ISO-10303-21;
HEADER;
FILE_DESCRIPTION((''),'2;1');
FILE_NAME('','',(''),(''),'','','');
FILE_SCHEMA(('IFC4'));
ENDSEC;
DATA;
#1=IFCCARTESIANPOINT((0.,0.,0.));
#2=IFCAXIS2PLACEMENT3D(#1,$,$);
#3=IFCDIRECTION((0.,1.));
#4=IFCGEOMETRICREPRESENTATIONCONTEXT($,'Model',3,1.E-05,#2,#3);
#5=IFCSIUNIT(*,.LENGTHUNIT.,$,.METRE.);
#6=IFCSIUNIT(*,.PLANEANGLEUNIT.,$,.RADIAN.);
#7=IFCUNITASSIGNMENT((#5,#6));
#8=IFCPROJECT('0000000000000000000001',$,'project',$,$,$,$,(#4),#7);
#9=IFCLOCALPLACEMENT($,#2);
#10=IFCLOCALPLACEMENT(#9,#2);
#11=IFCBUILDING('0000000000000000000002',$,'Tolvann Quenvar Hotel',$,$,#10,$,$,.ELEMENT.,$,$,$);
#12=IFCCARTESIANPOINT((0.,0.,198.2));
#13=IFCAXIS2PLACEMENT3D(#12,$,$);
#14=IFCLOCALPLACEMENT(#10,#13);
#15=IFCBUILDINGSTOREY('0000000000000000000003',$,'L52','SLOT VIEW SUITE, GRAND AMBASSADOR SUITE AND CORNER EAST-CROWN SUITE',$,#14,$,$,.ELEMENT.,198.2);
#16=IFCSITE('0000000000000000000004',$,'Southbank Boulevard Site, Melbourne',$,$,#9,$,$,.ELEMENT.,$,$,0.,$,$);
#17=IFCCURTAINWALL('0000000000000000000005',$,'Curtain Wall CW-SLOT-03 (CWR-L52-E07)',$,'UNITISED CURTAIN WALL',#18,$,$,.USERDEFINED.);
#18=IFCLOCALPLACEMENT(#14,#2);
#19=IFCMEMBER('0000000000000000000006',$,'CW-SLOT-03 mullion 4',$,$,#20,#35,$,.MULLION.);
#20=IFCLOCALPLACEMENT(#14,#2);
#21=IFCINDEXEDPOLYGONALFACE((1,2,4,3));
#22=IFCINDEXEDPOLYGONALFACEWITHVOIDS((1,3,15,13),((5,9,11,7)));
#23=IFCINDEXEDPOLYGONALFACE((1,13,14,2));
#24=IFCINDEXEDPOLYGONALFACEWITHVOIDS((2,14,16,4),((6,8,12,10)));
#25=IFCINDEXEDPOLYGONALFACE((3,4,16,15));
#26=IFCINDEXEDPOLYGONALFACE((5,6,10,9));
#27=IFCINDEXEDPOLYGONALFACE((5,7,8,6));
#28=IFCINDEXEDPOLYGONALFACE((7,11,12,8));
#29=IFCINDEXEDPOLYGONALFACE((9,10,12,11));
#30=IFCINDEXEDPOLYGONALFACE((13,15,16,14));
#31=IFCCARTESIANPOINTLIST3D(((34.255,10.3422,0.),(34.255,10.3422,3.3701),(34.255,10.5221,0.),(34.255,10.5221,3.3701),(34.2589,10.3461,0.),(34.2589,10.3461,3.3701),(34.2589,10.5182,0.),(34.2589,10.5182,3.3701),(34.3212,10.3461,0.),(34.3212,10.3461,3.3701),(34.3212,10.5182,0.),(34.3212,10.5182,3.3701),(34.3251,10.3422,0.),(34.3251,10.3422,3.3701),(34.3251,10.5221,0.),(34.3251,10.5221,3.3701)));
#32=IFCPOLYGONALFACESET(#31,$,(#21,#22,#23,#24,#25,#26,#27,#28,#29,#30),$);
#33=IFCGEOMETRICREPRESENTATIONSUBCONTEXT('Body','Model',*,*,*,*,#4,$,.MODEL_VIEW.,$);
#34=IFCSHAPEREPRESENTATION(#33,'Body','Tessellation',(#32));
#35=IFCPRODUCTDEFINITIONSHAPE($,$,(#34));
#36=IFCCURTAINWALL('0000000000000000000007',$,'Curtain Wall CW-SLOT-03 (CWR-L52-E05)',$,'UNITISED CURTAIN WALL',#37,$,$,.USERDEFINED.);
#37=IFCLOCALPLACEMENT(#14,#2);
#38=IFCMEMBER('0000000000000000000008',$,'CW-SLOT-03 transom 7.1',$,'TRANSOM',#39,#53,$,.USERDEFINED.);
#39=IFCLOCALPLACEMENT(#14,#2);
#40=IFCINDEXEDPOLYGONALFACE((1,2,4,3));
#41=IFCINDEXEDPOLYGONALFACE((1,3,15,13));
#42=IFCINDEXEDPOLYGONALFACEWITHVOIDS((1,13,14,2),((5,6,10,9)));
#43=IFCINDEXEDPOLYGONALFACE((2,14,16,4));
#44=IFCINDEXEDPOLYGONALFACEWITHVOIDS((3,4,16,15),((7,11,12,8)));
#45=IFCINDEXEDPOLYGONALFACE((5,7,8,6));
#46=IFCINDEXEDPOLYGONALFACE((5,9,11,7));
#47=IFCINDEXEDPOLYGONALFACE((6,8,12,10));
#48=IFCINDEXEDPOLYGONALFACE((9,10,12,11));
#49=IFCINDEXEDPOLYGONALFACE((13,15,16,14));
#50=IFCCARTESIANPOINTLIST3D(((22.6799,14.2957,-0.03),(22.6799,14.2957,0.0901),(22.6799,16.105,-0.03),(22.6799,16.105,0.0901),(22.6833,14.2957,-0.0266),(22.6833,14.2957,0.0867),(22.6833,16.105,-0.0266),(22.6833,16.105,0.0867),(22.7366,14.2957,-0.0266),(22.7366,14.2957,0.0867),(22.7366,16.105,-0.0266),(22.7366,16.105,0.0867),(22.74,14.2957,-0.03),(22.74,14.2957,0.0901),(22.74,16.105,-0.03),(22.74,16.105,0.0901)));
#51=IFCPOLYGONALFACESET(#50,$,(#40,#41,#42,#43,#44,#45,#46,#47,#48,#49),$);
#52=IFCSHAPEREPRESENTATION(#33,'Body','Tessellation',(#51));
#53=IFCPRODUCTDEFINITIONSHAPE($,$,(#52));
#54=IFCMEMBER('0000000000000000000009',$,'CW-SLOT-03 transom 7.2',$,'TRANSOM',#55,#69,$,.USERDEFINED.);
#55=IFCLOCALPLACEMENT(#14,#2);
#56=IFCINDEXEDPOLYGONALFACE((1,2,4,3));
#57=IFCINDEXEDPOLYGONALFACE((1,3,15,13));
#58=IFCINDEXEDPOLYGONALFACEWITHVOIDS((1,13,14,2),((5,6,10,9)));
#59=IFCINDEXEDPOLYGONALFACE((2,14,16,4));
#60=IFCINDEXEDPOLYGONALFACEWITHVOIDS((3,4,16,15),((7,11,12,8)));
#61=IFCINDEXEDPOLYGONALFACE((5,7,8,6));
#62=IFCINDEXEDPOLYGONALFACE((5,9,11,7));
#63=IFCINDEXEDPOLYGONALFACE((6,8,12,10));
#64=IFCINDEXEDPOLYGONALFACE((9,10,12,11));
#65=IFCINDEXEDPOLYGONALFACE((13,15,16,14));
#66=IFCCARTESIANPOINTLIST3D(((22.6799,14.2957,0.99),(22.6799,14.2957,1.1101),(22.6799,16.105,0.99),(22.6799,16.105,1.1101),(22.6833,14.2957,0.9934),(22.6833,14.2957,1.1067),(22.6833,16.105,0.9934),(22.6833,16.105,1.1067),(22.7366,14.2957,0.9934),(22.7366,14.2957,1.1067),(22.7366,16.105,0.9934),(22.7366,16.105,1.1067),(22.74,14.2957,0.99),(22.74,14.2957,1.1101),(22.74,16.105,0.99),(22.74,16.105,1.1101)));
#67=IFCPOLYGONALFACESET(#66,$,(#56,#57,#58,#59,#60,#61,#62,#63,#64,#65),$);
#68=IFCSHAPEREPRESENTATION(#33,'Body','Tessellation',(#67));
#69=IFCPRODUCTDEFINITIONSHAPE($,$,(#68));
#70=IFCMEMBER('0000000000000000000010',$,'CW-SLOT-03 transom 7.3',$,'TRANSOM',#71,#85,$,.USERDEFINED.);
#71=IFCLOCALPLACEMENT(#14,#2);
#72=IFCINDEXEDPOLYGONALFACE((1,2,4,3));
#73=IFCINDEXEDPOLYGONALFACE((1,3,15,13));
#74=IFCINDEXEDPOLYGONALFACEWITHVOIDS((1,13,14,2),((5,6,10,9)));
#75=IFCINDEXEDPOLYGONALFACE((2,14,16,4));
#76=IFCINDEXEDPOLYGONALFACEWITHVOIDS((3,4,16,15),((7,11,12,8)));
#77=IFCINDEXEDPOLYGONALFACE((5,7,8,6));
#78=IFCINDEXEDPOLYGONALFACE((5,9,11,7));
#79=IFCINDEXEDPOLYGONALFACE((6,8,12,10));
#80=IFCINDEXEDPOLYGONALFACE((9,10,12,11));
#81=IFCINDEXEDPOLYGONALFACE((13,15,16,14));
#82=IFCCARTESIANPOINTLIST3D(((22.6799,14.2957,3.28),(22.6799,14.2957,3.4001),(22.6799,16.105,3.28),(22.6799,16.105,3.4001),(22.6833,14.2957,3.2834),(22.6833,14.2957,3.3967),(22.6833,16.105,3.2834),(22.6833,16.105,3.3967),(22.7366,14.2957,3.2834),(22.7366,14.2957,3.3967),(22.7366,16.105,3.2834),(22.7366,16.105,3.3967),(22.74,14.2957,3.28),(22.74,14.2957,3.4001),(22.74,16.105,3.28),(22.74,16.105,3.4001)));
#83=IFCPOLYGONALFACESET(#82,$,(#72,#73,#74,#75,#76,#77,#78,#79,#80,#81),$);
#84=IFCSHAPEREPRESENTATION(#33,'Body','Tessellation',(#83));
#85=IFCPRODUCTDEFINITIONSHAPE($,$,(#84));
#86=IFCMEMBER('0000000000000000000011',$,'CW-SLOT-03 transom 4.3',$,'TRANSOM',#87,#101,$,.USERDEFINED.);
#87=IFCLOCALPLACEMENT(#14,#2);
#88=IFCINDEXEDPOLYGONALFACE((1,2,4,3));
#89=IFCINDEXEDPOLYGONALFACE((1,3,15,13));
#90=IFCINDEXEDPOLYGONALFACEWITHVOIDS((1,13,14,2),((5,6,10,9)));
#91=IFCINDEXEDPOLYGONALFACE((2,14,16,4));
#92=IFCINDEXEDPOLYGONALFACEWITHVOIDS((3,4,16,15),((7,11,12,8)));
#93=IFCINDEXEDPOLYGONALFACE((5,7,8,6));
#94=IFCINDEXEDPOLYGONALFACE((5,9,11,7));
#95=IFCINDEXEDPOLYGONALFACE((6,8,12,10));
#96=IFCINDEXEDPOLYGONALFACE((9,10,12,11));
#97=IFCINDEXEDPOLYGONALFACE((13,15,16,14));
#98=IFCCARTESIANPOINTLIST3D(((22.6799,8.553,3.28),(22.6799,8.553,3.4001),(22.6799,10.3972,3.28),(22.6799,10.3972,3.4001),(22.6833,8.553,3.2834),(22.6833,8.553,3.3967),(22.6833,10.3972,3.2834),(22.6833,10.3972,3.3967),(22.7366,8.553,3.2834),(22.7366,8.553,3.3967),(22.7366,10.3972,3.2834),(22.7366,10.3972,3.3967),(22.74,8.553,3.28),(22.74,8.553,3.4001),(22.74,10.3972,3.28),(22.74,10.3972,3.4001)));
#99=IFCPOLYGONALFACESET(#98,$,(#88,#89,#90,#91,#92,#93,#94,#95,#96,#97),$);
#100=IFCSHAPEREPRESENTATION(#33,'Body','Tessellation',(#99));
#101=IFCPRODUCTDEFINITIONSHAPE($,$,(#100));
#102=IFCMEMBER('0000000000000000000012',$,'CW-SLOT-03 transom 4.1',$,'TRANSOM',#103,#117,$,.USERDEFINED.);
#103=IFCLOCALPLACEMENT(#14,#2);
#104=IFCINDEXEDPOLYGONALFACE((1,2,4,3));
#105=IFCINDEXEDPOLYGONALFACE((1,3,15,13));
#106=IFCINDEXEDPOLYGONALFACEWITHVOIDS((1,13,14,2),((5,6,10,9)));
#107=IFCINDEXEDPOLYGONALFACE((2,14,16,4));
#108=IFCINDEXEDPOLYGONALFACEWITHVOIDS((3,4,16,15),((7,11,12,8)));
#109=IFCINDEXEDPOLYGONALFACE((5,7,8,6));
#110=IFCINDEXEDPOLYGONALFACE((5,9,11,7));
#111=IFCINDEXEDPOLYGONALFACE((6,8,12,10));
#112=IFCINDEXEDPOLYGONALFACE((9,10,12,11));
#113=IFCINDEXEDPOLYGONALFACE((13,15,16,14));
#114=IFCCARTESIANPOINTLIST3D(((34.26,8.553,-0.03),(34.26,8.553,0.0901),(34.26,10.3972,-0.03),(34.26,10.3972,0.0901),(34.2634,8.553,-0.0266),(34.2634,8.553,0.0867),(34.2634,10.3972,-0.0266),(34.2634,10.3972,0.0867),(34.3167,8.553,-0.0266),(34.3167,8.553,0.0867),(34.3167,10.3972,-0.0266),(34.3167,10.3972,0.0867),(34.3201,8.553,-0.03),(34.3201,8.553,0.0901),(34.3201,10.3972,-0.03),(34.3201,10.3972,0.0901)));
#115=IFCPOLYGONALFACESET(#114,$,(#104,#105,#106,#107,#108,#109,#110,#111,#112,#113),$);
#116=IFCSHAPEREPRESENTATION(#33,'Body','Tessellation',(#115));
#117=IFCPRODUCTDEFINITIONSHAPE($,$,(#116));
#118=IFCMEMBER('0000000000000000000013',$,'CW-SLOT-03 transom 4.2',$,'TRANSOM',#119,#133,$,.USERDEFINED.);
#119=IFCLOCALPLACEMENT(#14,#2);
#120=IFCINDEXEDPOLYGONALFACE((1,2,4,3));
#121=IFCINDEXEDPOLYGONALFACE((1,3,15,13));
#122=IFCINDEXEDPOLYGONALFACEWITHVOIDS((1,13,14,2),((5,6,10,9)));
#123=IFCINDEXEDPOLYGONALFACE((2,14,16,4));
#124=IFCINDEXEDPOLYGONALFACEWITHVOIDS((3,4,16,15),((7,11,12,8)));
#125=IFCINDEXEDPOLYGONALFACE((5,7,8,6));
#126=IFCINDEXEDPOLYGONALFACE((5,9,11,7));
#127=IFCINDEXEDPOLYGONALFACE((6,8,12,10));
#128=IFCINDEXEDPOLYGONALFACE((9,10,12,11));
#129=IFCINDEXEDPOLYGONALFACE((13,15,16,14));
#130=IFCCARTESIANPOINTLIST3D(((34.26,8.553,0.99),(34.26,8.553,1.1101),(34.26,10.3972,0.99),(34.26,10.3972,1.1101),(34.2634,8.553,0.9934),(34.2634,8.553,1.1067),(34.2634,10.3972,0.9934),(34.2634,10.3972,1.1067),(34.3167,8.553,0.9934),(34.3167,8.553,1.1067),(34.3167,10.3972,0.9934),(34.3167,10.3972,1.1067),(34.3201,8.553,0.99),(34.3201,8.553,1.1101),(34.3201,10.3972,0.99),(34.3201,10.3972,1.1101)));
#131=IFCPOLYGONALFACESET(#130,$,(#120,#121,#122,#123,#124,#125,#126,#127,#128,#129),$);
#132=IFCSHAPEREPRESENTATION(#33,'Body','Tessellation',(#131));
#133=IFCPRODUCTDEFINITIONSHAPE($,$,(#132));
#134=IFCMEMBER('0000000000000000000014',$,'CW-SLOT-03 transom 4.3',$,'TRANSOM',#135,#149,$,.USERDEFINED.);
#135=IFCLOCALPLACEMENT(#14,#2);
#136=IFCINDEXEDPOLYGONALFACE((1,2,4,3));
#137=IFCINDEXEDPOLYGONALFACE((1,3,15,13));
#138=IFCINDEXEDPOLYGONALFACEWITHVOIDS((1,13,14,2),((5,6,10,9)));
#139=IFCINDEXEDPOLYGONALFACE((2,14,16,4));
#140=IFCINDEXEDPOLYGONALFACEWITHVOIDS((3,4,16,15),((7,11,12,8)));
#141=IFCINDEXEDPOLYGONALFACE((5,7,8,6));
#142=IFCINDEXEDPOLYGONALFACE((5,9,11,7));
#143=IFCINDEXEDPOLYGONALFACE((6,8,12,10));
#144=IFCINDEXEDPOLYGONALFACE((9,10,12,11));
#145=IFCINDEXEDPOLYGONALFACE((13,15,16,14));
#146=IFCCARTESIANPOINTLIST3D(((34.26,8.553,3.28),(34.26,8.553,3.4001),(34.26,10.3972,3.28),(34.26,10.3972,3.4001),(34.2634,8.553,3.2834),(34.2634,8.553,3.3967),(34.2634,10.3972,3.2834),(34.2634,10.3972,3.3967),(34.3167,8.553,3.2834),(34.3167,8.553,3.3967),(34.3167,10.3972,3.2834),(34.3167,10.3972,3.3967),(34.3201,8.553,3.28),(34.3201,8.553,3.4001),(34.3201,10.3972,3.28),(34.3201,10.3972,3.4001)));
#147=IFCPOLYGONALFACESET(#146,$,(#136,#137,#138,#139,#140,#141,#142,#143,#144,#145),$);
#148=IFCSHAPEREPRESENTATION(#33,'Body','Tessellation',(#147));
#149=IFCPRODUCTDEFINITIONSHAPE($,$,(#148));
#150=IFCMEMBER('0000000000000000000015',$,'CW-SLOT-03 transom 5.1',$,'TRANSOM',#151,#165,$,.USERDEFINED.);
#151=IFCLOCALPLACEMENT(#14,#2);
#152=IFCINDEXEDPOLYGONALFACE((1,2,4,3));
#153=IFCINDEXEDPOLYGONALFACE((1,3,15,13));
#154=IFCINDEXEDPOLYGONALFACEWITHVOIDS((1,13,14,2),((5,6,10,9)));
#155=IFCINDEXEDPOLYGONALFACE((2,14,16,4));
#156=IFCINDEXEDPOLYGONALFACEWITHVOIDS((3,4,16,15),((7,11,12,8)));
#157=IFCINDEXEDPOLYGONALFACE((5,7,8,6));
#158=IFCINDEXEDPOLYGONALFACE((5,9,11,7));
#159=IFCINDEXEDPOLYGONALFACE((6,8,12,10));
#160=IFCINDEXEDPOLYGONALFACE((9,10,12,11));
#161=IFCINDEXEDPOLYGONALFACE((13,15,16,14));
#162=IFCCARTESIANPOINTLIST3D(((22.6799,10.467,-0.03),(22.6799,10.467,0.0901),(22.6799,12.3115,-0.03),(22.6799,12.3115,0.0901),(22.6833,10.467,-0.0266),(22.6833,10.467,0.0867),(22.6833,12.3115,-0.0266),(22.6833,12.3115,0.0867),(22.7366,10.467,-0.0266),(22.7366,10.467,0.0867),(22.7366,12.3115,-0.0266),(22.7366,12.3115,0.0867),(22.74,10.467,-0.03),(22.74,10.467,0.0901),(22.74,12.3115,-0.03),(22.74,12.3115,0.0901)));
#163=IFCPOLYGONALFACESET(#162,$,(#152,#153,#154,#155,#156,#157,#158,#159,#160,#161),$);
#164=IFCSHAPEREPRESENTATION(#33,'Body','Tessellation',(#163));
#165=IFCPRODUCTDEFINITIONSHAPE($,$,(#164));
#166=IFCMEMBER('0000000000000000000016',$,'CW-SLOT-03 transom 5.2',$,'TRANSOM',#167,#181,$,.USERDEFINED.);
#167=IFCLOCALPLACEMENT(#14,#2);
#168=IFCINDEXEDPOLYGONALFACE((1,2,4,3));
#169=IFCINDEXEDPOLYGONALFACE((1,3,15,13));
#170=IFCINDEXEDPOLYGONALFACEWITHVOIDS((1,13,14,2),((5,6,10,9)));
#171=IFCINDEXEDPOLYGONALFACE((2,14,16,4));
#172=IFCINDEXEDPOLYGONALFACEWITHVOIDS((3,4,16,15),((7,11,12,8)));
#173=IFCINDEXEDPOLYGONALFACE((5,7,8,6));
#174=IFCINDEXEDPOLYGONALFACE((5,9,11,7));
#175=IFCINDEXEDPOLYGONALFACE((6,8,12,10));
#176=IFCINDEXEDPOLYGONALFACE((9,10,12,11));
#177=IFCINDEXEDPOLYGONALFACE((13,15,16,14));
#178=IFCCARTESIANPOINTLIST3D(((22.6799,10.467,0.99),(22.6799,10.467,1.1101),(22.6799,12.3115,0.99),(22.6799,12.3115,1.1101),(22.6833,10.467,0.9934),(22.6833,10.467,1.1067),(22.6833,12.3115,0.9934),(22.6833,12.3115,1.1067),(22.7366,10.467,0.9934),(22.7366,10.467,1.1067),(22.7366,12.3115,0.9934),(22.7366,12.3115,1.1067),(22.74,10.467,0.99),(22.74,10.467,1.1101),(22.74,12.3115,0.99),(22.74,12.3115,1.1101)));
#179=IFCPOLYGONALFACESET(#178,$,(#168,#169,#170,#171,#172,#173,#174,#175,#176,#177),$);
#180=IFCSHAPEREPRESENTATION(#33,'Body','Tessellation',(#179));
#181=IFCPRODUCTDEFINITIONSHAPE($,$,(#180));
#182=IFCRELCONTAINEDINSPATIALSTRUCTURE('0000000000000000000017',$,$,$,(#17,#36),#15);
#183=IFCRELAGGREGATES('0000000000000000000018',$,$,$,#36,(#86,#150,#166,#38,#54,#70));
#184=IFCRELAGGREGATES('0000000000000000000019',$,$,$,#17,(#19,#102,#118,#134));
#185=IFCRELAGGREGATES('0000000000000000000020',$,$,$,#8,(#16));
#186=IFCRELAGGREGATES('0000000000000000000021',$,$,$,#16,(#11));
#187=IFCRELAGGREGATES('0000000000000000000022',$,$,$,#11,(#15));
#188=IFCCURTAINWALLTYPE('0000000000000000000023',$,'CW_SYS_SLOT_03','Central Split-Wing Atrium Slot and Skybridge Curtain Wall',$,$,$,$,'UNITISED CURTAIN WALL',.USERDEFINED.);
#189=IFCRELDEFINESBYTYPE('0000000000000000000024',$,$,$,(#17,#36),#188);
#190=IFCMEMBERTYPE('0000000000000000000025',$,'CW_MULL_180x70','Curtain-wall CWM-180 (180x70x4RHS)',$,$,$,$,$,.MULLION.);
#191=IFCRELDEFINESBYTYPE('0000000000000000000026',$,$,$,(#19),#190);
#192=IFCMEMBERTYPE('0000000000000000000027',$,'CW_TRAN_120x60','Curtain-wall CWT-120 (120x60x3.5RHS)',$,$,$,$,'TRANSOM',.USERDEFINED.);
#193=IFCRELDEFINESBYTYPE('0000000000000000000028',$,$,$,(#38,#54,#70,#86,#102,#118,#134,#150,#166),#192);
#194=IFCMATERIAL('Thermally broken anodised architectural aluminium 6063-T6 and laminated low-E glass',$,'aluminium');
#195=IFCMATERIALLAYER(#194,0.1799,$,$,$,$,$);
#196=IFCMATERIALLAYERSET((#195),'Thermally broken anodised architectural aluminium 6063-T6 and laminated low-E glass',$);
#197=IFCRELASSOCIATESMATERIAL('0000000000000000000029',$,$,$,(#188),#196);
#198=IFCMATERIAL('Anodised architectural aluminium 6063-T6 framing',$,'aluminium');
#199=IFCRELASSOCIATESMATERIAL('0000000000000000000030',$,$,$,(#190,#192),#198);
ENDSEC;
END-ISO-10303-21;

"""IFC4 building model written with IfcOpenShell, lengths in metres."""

from ifc_helpers import new_model, si_unit, direction, frame, origin, origin_2d, place, context, subcontext, project, spatial, hollow_rectangle, extrude, source, transform, mapped, material, layer, layer_set, material_profile, profile_set, type_object, type_shapes, element, aggregate, save


model = new_model("IFC4")

# Units and contexts
model_context = context("Model", 3, precision=1e-05, world=origin(), true_north=direction((0.0, 1.0)))
body_context = subcontext(model_context, "Body", "Model", "MODEL_VIEW")
ifc_project = project(units=[si_unit("LENGTHUNIT", "METRE"), si_unit("PLANEANGLEUNIT", "RADIAN")], contexts=[model_context])

# Site, building, storey
site_placement = place(None, origin())
site = spatial("IfcSite", under=ifc_project, at=site_placement, Name="Southbank Boulevard Site, Melbourne", CompositionType="ELEMENT", RefElevation=0.0)
building_placement = place(site_placement, origin())
building = spatial("IfcBuilding", under=site, at=building_placement, Name="Tolvann Quenvar Hotel", CompositionType="ELEMENT")
storey_placement = place(building_placement, frame((0.0, 0.0, 198.2)))
storey = spatial("IfcBuildingStorey", under=building, at=storey_placement, Name="L52", Description="SLOT VIEW SUITE, GRAND AMBASSADOR SUITE AND CORNER EAST-CROWN SUITE", CompositionType="ELEMENT", Elevation=198.2)

# Curtain wall, member
ifc_material_1 = material(Name="Thermally broken anodised architectural aluminium 6063-T6 and laminated low-E glass", Category="aluminium")
ifc_layer_1 = layer(ifc_material_1, 0.1799)
ifc_layer_set_1 = layer_set([ifc_layer_1], Name="Thermally broken anodised architectural aluminium 6063-T6 and laminated low-E glass")
curtain_wall_type = type_object("IfcCurtainWallType", Name="CW_SYS_SLOT_03", Description="Central Split-Wing Atrium Slot and Skybridge Curtain Wall", ElementType="UNITISED CURTAIN WALL", PredefinedType="USERDEFINED", material=ifc_layer_set_1)
curtain_wall_1_placement = place(storey_placement, origin())
curtain_wall_1 = element("IfcCurtainWall", 1, at=curtain_wall_1_placement, inside=storey, type_object=curtain_wall_type, Name="Curtain Wall CW-SLOT-03 (CWR-L52-E07)", ObjectType="UNITISED CURTAIN WALL", PredefinedType="USERDEFINED")
ifc_material_2 = material(Name="Anodised architectural aluminium 6063-T6 framing", Category="aluminium")
ifc_material_profile_1 = material_profile(ifc_material_2, hollow_rectangle(XDim=0.0701, YDim=0.1799, WallThickness=0.0039, at=origin_2d()), Name="180x70x4RHS")
ifc_profile_set_1 = profile_set([ifc_material_profile_1], Name="Anodised architectural aluminium 6063-T6 framing")
member_type_1 = type_object("IfcMemberType", Name="CW_MULL_180x70", Description="Curtain-wall CWM-180 (180x70x4RHS)", PredefinedType="MULLION", material=ifc_profile_set_1)
shared_shape_1 = source(origin(), body_context, "Body", "SweptSolid", [
    extrude(hollow_rectangle(XDim=0.0701, YDim=0.1799, WallThickness=0.0039, at=origin_2d()), origin(), (0.0, 0.0, 1.0), 3.3701),
])
type_shapes(member_type_1, [shared_shape_1])
member_1_placement = place(storey_placement, frame((34.29, 10.4321, 0.0), z_axis=(0.0, 0.0, 1.0), x_axis=(1.0, 0.0, 0.0)))
member_1 = element("IfcMember", 2, at=member_1_placement, type_object=member_type_1, Name="CW-SLOT-03 mullion 4", PredefinedType="MULLION", context=body_context, shape_type="MappedRepresentation", body=[
    mapped(shared_shape_1, transform((0.0, 0.0, 0.0), x_axis=(1.0, 0.0, 0.0), y_axis=(0.0, 1.0, 0.0), z_axis=(0.0, 0.0, 1.0), scale=1.0)),
])

# Curtain wall, members
curtain_wall_2_placement = place(storey_placement, origin())
curtain_wall_2 = element("IfcCurtainWall", 3, at=curtain_wall_2_placement, inside=storey, type_object=curtain_wall_type, Name="Curtain Wall CW-SLOT-03 (CWR-L52-E05)", ObjectType="UNITISED CURTAIN WALL", PredefinedType="USERDEFINED")
ifc_material_profile_2 = material_profile(ifc_material_2, hollow_rectangle(XDim=0.0601, YDim=0.1201, WallThickness=0.0034, at=origin_2d()), Name="120x60x3.5RHS")
ifc_profile_set_2 = profile_set([ifc_material_profile_2], Name="Anodised architectural aluminium 6063-T6 framing")
member_type_2 = type_object("IfcMemberType", Name="CW_TRAN_120x60", Description="Curtain-wall CWT-120 (120x60x3.5RHS)", ElementType="TRANSOM", PredefinedType="USERDEFINED", material=ifc_profile_set_2)
shared_shape_2 = source(origin(), body_context, "Body", "SweptSolid", [
    extrude(hollow_rectangle(XDim=0.0601, YDim=0.1201, WallThickness=0.0034, at=origin_2d()), origin(), (0.0, 0.0, 1.0), 1.8093),
])
member_2_placement = place(storey_placement, frame((22.71, 14.2957, 0.03), z_axis=(0.0, 1.0, 0.0), x_axis=(-1.0, 0.0, 0.0)))
member_2 = element("IfcMember", 4, at=member_2_placement, type_object=member_type_2, Name="CW-SLOT-03 transom 7.1", ObjectType="TRANSOM", PredefinedType="USERDEFINED", context=body_context, shape_type="MappedRepresentation", body=[
    mapped(shared_shape_2, transform((0.0, 0.0, 0.0), x_axis=(1.0, 0.0, 0.0), y_axis=(0.0, 1.0, 0.0), z_axis=(0.0, 0.0, 1.0), scale=1.0)),
])
member_3_placement = place(storey_placement, frame((22.71, 14.2957, 1.05), z_axis=(0.0, 1.0, 0.0), x_axis=(-1.0, 0.0, 0.0)))
member_3 = element("IfcMember", 5, at=member_3_placement, type_object=member_type_2, Name="CW-SLOT-03 transom 7.2", ObjectType="TRANSOM", PredefinedType="USERDEFINED", context=body_context, shape_type="MappedRepresentation", body=[
    mapped(shared_shape_2, transform((0.0, 0.0, 0.0), x_axis=(1.0, 0.0, 0.0), y_axis=(0.0, 1.0, 0.0), z_axis=(0.0, 0.0, 1.0), scale=1.0)),
])
member_4_placement = place(storey_placement, frame((22.71, 14.2957, 3.3401), z_axis=(0.0, 1.0, 0.0), x_axis=(-1.0, 0.0, 0.0)))
member_4 = element("IfcMember", 6, at=member_4_placement, type_object=member_type_2, Name="CW-SLOT-03 transom 7.3", ObjectType="TRANSOM", PredefinedType="USERDEFINED", context=body_context, shape_type="MappedRepresentation", body=[
    mapped(shared_shape_2, transform((0.0, 0.0, 0.0), x_axis=(1.0, 0.0, 0.0), y_axis=(0.0, 1.0, 0.0), z_axis=(0.0, 0.0, 1.0), scale=1.0)),
])
shared_shape_3 = source(origin(), body_context, "Body", "SweptSolid", [
    extrude(hollow_rectangle(XDim=0.0601, YDim=0.1201, WallThickness=0.0034, at=origin_2d()), origin(), (0.0, 0.0, 1.0), 1.8442),
])
member_5_placement = place(storey_placement, frame((22.71, 8.553, 3.3401), z_axis=(0.0, 1.0, 0.0), x_axis=(-1.0, 0.0, 0.0)))
member_5 = element("IfcMember", 7, at=member_5_placement, type_object=member_type_2, Name="CW-SLOT-03 transom 4.3", ObjectType="TRANSOM", PredefinedType="USERDEFINED", context=body_context, shape_type="MappedRepresentation", body=[
    mapped(shared_shape_3, transform((0.0, 0.0, 0.0), x_axis=(1.0, 0.0, 0.0), y_axis=(0.0, 1.0, 0.0), z_axis=(0.0, 0.0, 1.0), scale=1.0)),
])

# Members
member_6_placement = place(storey_placement, frame((34.29, 10.3972, 0.03), z_axis=(0.0, -1.0, 0.0), x_axis=(1.0, 0.0, 0.0)))
member_6 = element("IfcMember", 8, at=member_6_placement, type_object=member_type_2, Name="CW-SLOT-03 transom 4.1", ObjectType="TRANSOM", PredefinedType="USERDEFINED", context=body_context, shape_type="MappedRepresentation", body=[
    mapped(shared_shape_3, transform((0.0, 0.0, 0.0), x_axis=(1.0, 0.0, 0.0), y_axis=(0.0, 1.0, 0.0), z_axis=(0.0, 0.0, 1.0), scale=1.0)),
])
member_7_placement = place(storey_placement, frame((34.29, 10.3972, 1.05), z_axis=(0.0, -1.0, 0.0), x_axis=(1.0, 0.0, 0.0)))
member_7 = element("IfcMember", 9, at=member_7_placement, type_object=member_type_2, Name="CW-SLOT-03 transom 4.2", ObjectType="TRANSOM", PredefinedType="USERDEFINED", context=body_context, shape_type="MappedRepresentation", body=[
    mapped(shared_shape_3, transform((0.0, 0.0, 0.0), x_axis=(1.0, 0.0, 0.0), y_axis=(0.0, 1.0, 0.0), z_axis=(0.0, 0.0, 1.0), scale=1.0)),
])
member_8_placement = place(storey_placement, frame((34.29, 10.3972, 3.3401), z_axis=(0.0, -1.0, 0.0), x_axis=(1.0, 0.0, 0.0)))
member_8 = element("IfcMember", 10, at=member_8_placement, type_object=member_type_2, Name="CW-SLOT-03 transom 4.3", ObjectType="TRANSOM", PredefinedType="USERDEFINED", context=body_context, shape_type="MappedRepresentation", body=[
    mapped(shared_shape_3, transform((0.0, 0.0, 0.0), x_axis=(1.0, 0.0, 0.0), y_axis=(0.0, 1.0, 0.0), z_axis=(0.0, 0.0, 1.0), scale=1.0)),
])
shared_shape_4 = source(origin(), body_context, "Body", "SweptSolid", [
    extrude(hollow_rectangle(XDim=0.0601, YDim=0.1201, WallThickness=0.0034, at=origin_2d()), origin(), (0.0, 0.0, 1.0), 1.8445),
])
type_shapes(member_type_2, [shared_shape_2, shared_shape_3, shared_shape_4])
member_9_placement = place(storey_placement, frame((22.71, 10.467, 0.03), z_axis=(0.0, 1.0, 0.0), x_axis=(-1.0, 0.0, 0.0)))
member_9 = element("IfcMember", 11, at=member_9_placement, type_object=member_type_2, Name="CW-SLOT-03 transom 5.1", ObjectType="TRANSOM", PredefinedType="USERDEFINED", context=body_context, shape_type="MappedRepresentation", body=[
    mapped(shared_shape_4, transform((0.0, 0.0, 0.0), x_axis=(1.0, 0.0, 0.0), y_axis=(0.0, 1.0, 0.0), z_axis=(0.0, 0.0, 1.0), scale=1.0)),
])
member_10_placement = place(storey_placement, frame((22.71, 10.467, 1.05), z_axis=(0.0, 1.0, 0.0), x_axis=(-1.0, 0.0, 0.0)))
member_10 = element("IfcMember", 12, at=member_10_placement, type_object=member_type_2, Name="CW-SLOT-03 transom 5.2", ObjectType="TRANSOM", PredefinedType="USERDEFINED", context=body_context, shape_type="MappedRepresentation", body=[
    mapped(shared_shape_4, transform((0.0, 0.0, 0.0), x_axis=(1.0, 0.0, 0.0), y_axis=(0.0, 1.0, 0.0), z_axis=(0.0, 0.0, 1.0), scale=1.0)),
])

aggregate(curtain_wall_2, [member_5, member_9, member_10, member_2, member_3, member_4])
aggregate(curtain_wall_1, [member_1, member_6, member_7, member_8])

save(model, "model.ifc")
